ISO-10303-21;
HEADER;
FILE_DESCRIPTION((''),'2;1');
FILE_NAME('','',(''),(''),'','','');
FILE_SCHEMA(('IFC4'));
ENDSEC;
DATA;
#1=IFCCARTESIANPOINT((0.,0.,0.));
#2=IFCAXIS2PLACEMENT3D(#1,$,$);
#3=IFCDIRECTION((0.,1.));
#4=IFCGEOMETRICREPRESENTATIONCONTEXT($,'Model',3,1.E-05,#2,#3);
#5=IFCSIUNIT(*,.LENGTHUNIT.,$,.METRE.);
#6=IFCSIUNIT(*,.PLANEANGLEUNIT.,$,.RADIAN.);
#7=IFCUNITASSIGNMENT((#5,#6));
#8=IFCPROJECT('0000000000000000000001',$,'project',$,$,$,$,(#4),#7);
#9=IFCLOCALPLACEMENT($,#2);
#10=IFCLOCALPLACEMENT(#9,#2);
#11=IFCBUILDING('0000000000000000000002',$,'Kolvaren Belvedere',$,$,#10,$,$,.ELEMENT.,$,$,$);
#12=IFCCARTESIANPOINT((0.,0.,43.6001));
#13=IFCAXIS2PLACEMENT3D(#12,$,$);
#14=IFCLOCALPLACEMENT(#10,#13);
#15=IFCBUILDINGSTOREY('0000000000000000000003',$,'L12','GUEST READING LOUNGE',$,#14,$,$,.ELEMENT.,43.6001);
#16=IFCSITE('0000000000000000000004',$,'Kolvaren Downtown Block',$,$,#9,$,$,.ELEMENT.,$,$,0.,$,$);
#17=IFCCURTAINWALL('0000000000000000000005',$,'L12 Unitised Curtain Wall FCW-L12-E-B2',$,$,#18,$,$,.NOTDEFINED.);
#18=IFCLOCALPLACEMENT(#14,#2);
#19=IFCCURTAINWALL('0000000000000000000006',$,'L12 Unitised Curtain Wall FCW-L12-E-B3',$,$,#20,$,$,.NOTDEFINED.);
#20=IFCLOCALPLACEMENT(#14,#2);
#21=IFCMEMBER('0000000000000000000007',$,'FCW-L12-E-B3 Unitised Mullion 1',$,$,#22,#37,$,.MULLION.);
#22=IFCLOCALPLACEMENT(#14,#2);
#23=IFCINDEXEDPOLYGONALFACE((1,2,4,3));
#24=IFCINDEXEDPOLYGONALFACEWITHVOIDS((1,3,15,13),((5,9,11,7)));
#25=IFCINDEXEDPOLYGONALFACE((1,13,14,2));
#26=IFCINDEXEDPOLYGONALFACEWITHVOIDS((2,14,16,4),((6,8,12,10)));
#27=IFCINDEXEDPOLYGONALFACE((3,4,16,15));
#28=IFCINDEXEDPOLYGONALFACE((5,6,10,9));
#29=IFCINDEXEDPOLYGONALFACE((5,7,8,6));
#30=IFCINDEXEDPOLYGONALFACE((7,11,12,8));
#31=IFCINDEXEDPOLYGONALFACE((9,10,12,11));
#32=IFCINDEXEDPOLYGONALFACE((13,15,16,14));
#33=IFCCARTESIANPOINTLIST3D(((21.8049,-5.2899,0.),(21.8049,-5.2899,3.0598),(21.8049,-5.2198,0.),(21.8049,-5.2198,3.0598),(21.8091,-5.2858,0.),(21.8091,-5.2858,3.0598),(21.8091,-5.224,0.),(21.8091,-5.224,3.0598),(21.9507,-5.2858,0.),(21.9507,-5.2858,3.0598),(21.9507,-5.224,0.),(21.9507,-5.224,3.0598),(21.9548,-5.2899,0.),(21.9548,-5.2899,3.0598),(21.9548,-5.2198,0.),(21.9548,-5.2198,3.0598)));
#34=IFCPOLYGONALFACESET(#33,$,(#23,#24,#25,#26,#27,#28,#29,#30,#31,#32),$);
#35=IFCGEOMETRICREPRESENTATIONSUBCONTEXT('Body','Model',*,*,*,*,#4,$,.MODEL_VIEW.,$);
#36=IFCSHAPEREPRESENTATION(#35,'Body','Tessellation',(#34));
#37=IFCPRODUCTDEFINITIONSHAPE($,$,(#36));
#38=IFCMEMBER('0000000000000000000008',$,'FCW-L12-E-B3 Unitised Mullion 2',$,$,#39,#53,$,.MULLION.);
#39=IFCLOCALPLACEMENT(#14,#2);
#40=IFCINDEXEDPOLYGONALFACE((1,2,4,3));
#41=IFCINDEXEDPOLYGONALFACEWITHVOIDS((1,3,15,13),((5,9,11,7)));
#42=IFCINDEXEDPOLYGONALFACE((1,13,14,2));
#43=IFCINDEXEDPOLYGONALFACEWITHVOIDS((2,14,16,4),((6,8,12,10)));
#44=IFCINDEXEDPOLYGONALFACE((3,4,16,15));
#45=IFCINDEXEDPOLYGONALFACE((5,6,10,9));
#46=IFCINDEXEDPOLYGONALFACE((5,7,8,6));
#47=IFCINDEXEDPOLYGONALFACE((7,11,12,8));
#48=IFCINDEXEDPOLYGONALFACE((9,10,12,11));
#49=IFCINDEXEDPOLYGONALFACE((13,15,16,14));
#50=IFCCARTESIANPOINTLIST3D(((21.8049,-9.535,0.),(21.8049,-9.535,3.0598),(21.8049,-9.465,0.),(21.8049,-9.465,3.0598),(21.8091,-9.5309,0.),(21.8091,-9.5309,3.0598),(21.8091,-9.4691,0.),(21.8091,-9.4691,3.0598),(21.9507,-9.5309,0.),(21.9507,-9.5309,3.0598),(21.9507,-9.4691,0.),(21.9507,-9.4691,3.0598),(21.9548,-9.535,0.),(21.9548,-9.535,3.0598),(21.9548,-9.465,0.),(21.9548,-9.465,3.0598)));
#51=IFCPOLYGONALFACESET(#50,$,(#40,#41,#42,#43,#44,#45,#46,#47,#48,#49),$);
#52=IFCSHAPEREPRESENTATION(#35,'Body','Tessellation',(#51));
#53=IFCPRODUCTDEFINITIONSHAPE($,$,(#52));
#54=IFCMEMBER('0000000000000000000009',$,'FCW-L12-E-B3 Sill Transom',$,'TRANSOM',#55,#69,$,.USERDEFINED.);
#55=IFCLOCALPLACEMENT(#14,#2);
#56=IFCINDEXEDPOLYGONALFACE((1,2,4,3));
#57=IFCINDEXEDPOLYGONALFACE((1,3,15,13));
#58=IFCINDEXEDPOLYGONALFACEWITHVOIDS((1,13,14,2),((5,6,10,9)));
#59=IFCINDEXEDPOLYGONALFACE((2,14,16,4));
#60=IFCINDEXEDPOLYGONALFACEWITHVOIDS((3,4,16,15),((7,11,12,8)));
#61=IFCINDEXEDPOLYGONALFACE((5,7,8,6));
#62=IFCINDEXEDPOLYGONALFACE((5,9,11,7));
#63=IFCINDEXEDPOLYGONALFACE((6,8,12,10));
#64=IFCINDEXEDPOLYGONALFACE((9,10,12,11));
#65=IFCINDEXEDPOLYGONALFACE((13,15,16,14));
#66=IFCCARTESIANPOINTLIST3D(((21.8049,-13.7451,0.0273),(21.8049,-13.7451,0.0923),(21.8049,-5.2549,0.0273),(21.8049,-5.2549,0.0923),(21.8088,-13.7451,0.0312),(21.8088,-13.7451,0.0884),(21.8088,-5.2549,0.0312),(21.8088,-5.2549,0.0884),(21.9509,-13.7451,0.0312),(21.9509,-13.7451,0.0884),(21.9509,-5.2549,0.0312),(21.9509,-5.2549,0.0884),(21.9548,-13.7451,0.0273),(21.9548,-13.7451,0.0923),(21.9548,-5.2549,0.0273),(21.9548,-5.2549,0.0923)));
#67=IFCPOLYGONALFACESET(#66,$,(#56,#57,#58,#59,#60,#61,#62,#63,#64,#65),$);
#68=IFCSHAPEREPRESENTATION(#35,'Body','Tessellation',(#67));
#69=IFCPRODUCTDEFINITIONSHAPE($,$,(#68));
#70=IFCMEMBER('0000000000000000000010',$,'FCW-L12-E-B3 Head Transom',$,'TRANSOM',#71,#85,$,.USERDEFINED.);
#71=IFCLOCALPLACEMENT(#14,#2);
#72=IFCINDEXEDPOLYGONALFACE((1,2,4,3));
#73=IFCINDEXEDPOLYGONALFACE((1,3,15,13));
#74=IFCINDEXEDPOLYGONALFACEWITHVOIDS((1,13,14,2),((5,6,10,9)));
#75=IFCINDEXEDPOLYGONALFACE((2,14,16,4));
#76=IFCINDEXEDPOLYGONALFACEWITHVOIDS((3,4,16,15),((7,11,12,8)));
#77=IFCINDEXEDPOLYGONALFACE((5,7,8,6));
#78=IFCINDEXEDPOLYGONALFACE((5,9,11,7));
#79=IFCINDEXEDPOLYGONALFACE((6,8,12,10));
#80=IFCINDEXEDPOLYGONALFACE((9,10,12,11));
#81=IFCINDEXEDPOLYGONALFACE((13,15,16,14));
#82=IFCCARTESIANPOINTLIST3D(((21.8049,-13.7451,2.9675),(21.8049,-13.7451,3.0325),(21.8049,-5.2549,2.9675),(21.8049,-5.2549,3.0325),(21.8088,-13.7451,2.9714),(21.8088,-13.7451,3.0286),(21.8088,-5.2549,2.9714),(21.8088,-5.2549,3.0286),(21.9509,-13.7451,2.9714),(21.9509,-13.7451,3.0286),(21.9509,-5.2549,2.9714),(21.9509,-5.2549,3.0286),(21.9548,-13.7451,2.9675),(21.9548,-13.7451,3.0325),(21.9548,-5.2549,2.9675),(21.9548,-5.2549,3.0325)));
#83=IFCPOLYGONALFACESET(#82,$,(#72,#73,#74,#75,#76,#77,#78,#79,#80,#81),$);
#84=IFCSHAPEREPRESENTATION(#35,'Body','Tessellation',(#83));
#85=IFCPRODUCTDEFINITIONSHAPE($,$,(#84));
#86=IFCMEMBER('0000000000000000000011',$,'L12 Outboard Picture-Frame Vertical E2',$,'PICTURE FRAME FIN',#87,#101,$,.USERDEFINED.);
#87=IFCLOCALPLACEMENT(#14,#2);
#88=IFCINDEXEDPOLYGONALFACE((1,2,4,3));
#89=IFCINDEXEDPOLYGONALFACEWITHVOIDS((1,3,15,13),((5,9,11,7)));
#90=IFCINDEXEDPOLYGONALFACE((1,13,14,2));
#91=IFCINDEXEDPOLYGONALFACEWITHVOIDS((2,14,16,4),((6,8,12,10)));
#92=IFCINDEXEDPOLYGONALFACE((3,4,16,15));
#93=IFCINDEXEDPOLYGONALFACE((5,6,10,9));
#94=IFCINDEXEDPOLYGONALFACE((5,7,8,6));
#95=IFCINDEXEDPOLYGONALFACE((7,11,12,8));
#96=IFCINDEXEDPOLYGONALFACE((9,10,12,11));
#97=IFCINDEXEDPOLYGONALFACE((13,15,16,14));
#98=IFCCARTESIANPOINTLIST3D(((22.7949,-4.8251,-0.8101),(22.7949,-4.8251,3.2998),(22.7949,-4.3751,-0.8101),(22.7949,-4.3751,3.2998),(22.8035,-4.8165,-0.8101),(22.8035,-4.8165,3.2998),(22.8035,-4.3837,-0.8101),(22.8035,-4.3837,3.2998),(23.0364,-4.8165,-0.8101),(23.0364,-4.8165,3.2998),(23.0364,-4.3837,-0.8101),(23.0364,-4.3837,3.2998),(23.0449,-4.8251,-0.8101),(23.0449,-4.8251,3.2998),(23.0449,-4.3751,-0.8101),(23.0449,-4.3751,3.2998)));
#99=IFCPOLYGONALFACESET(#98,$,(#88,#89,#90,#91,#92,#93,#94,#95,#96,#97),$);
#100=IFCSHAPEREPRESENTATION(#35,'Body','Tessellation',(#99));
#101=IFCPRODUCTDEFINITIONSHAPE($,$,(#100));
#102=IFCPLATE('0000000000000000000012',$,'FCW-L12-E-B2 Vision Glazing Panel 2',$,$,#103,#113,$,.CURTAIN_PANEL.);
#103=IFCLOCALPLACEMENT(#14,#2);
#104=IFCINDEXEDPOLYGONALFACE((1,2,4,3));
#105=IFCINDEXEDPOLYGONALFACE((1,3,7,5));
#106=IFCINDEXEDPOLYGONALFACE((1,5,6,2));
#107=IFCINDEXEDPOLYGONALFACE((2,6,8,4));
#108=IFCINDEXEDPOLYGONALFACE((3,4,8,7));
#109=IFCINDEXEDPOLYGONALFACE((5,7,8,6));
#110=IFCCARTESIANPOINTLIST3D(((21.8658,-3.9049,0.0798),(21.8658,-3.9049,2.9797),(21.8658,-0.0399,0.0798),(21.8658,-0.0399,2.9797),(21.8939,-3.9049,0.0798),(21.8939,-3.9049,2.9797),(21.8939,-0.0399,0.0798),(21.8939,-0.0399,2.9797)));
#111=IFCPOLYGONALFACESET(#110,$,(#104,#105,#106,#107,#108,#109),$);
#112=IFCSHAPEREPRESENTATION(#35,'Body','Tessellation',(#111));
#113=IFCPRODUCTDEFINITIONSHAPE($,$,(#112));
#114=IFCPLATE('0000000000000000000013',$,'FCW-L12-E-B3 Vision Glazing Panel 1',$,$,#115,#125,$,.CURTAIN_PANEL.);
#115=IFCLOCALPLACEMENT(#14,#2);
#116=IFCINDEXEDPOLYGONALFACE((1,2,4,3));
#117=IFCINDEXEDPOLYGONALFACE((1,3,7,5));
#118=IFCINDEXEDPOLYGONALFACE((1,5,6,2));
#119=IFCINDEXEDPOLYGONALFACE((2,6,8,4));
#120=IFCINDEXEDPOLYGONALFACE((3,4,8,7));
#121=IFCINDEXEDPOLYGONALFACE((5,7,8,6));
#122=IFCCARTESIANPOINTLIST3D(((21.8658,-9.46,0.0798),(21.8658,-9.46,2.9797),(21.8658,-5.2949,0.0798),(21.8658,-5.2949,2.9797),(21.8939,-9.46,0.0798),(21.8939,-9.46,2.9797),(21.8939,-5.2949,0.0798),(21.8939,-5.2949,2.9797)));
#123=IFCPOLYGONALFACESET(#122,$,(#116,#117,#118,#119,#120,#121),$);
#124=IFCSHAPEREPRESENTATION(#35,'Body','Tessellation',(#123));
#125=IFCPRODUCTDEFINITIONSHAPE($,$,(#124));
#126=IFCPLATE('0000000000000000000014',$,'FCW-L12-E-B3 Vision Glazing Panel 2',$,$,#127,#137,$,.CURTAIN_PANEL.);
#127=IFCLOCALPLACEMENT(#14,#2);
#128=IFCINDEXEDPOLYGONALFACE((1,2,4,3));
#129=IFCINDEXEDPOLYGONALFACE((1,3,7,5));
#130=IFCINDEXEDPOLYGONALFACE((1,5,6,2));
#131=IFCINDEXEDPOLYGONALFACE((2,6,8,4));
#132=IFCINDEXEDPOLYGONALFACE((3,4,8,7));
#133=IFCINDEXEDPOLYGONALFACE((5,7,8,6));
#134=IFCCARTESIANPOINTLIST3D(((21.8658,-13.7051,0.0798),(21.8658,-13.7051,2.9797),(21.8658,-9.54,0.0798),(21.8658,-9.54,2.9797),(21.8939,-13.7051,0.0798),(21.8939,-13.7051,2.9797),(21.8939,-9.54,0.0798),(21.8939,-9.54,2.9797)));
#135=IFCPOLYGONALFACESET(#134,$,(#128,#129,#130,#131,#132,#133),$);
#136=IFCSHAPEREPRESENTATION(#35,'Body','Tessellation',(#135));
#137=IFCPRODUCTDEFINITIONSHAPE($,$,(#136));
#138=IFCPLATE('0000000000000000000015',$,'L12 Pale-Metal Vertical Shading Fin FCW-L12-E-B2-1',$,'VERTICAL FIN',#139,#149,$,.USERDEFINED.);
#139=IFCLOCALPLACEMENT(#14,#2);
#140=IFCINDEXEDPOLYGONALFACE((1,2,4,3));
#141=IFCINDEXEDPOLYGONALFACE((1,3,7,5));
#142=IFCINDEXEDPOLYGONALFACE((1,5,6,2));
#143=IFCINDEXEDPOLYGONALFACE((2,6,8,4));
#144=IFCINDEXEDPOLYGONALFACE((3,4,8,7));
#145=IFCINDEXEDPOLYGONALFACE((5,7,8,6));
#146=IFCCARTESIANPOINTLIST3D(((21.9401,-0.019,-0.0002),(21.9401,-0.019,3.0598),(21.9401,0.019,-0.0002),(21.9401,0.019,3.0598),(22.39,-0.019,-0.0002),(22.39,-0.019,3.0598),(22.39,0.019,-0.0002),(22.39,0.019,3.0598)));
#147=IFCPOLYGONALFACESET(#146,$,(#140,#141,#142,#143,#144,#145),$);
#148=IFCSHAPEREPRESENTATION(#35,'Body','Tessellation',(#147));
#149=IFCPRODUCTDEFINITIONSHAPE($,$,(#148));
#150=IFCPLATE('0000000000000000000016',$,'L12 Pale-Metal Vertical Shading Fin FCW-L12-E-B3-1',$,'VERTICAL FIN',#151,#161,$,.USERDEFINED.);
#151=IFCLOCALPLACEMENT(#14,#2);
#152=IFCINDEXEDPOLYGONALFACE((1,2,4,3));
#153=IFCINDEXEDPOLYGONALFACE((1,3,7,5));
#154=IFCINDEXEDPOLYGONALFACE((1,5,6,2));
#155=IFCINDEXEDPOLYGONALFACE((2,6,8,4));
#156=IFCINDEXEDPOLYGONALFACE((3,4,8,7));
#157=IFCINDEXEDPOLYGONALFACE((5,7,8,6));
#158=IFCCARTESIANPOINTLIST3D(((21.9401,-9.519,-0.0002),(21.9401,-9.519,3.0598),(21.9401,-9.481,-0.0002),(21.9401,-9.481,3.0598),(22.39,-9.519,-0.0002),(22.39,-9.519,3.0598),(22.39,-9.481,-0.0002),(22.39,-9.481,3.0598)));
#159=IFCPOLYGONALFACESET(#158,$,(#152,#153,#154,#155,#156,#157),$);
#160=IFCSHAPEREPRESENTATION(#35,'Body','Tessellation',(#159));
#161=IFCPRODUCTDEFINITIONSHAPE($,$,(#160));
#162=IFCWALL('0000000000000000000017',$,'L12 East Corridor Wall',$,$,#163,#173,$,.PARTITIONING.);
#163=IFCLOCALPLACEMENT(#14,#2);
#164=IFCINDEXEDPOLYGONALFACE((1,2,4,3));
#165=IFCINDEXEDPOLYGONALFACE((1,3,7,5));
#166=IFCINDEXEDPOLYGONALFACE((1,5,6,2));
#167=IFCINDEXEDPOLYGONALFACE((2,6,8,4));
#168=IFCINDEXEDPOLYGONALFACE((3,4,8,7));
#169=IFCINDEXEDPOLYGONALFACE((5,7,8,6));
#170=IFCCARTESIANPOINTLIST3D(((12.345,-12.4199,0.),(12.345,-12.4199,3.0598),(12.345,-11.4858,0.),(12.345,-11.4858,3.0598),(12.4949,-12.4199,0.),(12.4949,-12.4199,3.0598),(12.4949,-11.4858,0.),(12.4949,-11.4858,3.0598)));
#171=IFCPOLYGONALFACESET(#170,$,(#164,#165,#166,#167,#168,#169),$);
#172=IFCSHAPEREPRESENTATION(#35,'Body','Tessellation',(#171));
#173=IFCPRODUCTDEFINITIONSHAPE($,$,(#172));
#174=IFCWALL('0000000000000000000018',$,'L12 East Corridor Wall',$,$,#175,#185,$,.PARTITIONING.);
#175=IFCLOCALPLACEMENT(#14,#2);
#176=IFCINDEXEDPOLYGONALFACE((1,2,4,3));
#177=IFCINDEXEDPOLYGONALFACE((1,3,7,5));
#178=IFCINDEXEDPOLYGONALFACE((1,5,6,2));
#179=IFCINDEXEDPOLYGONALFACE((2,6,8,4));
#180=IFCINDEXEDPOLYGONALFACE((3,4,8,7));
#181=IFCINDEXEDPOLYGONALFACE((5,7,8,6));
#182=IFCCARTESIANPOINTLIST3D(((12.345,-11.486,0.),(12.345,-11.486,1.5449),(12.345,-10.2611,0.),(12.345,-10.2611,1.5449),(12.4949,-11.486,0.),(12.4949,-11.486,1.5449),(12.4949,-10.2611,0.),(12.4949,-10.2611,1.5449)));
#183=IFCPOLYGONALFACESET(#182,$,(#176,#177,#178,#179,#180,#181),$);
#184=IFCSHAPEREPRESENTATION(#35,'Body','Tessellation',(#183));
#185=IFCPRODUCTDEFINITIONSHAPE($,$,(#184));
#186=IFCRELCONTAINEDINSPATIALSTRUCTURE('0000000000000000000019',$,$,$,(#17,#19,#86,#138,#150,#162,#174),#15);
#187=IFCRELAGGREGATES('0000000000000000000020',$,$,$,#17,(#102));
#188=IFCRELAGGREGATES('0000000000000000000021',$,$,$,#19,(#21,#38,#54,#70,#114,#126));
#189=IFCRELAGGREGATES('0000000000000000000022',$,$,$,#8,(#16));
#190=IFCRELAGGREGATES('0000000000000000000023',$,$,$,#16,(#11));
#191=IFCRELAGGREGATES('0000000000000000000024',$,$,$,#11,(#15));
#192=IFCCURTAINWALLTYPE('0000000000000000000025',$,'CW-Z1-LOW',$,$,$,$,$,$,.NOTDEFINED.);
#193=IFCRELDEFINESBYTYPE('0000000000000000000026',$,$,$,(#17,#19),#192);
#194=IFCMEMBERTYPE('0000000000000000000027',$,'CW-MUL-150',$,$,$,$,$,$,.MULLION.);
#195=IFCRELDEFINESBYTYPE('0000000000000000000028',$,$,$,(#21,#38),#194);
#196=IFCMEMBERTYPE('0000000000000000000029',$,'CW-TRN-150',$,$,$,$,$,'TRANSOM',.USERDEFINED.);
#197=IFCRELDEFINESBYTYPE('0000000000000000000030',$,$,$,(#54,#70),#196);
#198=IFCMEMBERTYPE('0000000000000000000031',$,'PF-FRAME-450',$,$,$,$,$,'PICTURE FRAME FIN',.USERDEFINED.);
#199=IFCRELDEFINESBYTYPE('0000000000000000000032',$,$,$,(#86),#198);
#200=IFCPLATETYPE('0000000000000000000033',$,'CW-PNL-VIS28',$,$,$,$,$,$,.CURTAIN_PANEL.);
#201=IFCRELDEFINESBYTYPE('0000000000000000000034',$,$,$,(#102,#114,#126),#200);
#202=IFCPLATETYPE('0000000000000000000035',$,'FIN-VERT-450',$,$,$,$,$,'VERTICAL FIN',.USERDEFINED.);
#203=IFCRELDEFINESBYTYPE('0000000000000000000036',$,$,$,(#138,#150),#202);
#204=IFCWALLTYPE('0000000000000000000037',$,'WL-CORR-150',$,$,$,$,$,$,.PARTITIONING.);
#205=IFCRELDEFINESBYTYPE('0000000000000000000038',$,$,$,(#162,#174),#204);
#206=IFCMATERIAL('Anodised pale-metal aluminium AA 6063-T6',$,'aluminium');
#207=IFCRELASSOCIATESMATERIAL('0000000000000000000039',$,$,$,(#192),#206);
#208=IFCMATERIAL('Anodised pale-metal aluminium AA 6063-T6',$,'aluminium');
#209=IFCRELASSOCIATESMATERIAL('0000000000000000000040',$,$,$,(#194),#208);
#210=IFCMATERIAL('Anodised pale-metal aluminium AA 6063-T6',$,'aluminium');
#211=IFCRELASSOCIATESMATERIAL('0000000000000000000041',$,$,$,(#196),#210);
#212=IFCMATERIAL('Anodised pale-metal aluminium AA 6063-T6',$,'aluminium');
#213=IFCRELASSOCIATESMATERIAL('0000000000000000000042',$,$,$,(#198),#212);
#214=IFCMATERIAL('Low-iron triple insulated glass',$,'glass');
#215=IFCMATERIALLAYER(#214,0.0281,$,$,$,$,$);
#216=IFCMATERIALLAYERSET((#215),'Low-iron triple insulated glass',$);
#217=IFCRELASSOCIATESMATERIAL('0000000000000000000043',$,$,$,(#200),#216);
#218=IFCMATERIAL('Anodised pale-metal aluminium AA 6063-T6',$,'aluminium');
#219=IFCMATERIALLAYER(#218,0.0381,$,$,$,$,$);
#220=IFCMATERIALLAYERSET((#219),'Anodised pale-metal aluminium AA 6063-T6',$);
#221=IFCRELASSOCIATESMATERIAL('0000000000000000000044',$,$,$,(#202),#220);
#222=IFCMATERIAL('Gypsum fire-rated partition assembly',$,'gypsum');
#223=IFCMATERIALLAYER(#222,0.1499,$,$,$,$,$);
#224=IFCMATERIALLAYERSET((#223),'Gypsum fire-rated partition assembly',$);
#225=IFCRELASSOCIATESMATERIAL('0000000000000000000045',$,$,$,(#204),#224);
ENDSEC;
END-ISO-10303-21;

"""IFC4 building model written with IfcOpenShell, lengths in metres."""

from ifc_helpers import new_model, si_unit, direction, frame, frame_2d, origin, origin_2d, place, context, subcontext, project, spatial, rectangle, hollow_rectangle, extrude, material, layer, layer_set, material_profile, profile_set, type_object, element, aggregate, save


model = new_model("IFC4")

# Units and contexts
model_context = context("Model", 3, precision=1e-05, world=origin(), true_north=direction((0.0, 1.0)))
body_context = subcontext(model_context, "Body", "Model", "MODEL_VIEW")
ifc_project = project(units=[si_unit("LENGTHUNIT", "METRE"), si_unit("PLANEANGLEUNIT", "RADIAN")], contexts=[model_context])

# Site, building, storey
site_placement = place(None, origin())
site = spatial("IfcSite", under=ifc_project, at=site_placement, Name="Kolvaren Downtown Block", CompositionType="ELEMENT", RefElevation=0.0)
building_placement = place(site_placement, origin())
building = spatial("IfcBuilding", under=site, at=building_placement, Name="Kolvaren Belvedere", CompositionType="ELEMENT")
storey_placement = place(building_placement, frame((0.0, 0.0, 43.6001)))
storey = spatial("IfcBuildingStorey", under=building, at=storey_placement, Name="L12", Description="GUEST READING LOUNGE", CompositionType="ELEMENT", Elevation=43.6001)

# Curtain walls, members
ifc_material_1 = material(Name="Anodised pale-metal aluminium AA 6063-T6", Category="aluminium")
curtain_wall_type = type_object("IfcCurtainWallType", Name="CW-Z1-LOW", PredefinedType="NOTDEFINED", material=ifc_material_1)
curtain_wall_1_placement = place(storey_placement, origin())
curtain_wall_1 = element("IfcCurtainWall", 1, at=curtain_wall_1_placement, inside=storey, type_object=curtain_wall_type, Name="L12 Unitised Curtain Wall FCW-L12-E-B2", PredefinedType="NOTDEFINED")
ifc_material_2 = material(Name="Anodised pale-metal aluminium AA 6063-T6", Category="aluminium")
ifc_material_profile_1 = material_profile(ifc_material_2, hollow_rectangle(XDim=0.0701, YDim=0.1499, WallThickness=0.0042, at=origin_2d()), Name="ALU-MUL-150X70")
ifc_profile_set_1 = profile_set([ifc_material_profile_1], Name="Anodised pale-metal aluminium AA 6063-T6")
member_type_1 = type_object("IfcMemberType", Name="CW-MUL-150", PredefinedType="MULLION", material=ifc_profile_set_1)
curtain_wall_2_placement = place(storey_placement, origin())
curtain_wall_2 = element("IfcCurtainWall", 2, at=curtain_wall_2_placement, inside=storey, type_object=curtain_wall_type, Name="L12 Unitised Curtain Wall FCW-L12-E-B3", PredefinedType="NOTDEFINED")
member_1_placement = place(storey_placement, frame((21.8799, -5.2549, 0.0), z_axis=(0.0, 0.0, 1.0), x_axis=(0.0, 1.0, 0.0)))
member_1 = element("IfcMember", 3, at=member_1_placement, type_object=member_type_1, Name="FCW-L12-E-B3 Unitised Mullion 1", PredefinedType="MULLION", context=body_context, shape_type="SweptSolid", body=[
    extrude(hollow_rectangle(XDim=0.0701, YDim=0.1499, WallThickness=0.0042, at=origin_2d()), origin(), (0.0, 0.0, 1.0), 3.0598),
])
member_2_placement = place(storey_placement, frame((21.8799, -9.5, 0.0), z_axis=(0.0, 0.0, 1.0), x_axis=(0.0, 1.0, 0.0)))
member_2 = element("IfcMember", 4, at=member_2_placement, type_object=member_type_1, Name="FCW-L12-E-B3 Unitised Mullion 2", PredefinedType="MULLION", context=body_context, shape_type="SweptSolid", body=[
    extrude(hollow_rectangle(XDim=0.0701, YDim=0.1499, WallThickness=0.0042, at=origin_2d()), origin(), (0.0, 0.0, 1.0), 3.0598),
])
ifc_material_3 = material(Name="Anodised pale-metal aluminium AA 6063-T6", Category="aluminium")
ifc_material_profile_2 = material_profile(ifc_material_3, hollow_rectangle(XDim=0.0649, YDim=0.1499, WallThickness=0.0039, at=origin_2d()), Name="ALU-TRN-150X65")
ifc_profile_set_2 = profile_set([ifc_material_profile_2], Name="Anodised pale-metal aluminium AA 6063-T6")
member_type_2 = type_object("IfcMemberType", Name="CW-TRN-150", ElementType="TRANSOM", PredefinedType="USERDEFINED", material=ifc_profile_set_2)
member_3_placement = place(storey_placement, frame((21.8799, -5.2549, 0.0598), z_axis=(0.0, -1.0, 0.0), x_axis=(0.0, 0.0, 1.0)))
member_3 = element("IfcMember", 5, at=member_3_placement, type_object=member_type_2, Name="FCW-L12-E-B3 Sill Transom", ObjectType="TRANSOM", PredefinedType="USERDEFINED", context=body_context, shape_type="SweptSolid", body=[
    extrude(hollow_rectangle(XDim=0.0649, YDim=0.1499, WallThickness=0.0039, at=origin_2d()), origin(), (0.0, 0.0, 1.0), 8.4902),
])
member_4_placement = place(storey_placement, frame((21.8799, -5.2549, 3.0), z_axis=(0.0, -1.0, 0.0), x_axis=(0.0, 0.0, 1.0)))
member_4 = element("IfcMember", 6, at=member_4_placement, type_object=member_type_2, Name="FCW-L12-E-B3 Head Transom", ObjectType="TRANSOM", PredefinedType="USERDEFINED", context=body_context, shape_type="SweptSolid", body=[
    extrude(hollow_rectangle(XDim=0.0649, YDim=0.1499, WallThickness=0.0039, at=origin_2d()), origin(), (0.0, 0.0, 1.0), 8.4902),
])

# Member
ifc_material_4 = material(Name="Anodised pale-metal aluminium AA 6063-T6", Category="aluminium")
ifc_material_profile_3 = material_profile(ifc_material_4, hollow_rectangle(XDim=0.25, YDim=0.45, WallThickness=0.0085, at=origin_2d()), Name="ALU-PF-450X250")
ifc_profile_set_3 = profile_set([ifc_material_profile_3], Name="Anodised pale-metal aluminium AA 6063-T6")
member_type_3 = type_object("IfcMemberType", Name="PF-FRAME-450", ElementType="PICTURE FRAME FIN", PredefinedType="USERDEFINED", material=ifc_profile_set_3)
member_5_placement = place(storey_placement, frame((22.9199, -4.6001, -0.8101), z_axis=(0.0, 0.0, 1.0), x_axis=(1.0, 0.0, 0.0)))
element("IfcMember", 7, at=member_5_placement, inside=storey, type_object=member_type_3, Name="L12 Outboard Picture-Frame Vertical E2", ObjectType="PICTURE FRAME FIN", PredefinedType="USERDEFINED", context=body_context, shape_type="SweptSolid", body=[
    extrude(hollow_rectangle(XDim=0.25, YDim=0.45, WallThickness=0.0085, at=origin_2d()), origin(), (0.0, 0.0, 1.0), 4.1099),
])

# Plates
ifc_material_5 = material(Name="Low-iron triple insulated glass", Category="glass")
ifc_layer_1 = layer(ifc_material_5, 0.0281)
ifc_layer_set_1 = layer_set([ifc_layer_1], Name="Low-iron triple insulated glass")
plate_type_1 = type_object("IfcPlateType", Name="CW-PNL-VIS28", PredefinedType="CURTAIN_PANEL", material=ifc_layer_set_1)
plate_1_placement = place(storey_placement, frame((21.8799, -1.9724, 0.0798), z_axis=(0.0, 0.0, 1.0), x_axis=(0.0, -1.0, 0.0)))
plate_1 = element("IfcPlate", 8, at=plate_1_placement, type_object=plate_type_1, Name="FCW-L12-E-B2 Vision Glazing Panel 2", PredefinedType="CURTAIN_PANEL", context=body_context, shape_type="SweptSolid", body=[
    extrude(rectangle(XDim=3.865, YDim=0.0281, at=origin_2d()), origin(), (0.0, 0.0, 1.0), 2.8999),
])
aggregate(curtain_wall_1, [plate_1])
plate_2_placement = place(storey_placement, frame((21.8799, -7.3774, 0.0798), z_axis=(0.0, 0.0, 1.0), x_axis=(0.0, -1.0, 0.0)))
plate_2 = element("IfcPlate", 9, at=plate_2_placement, type_object=plate_type_1, Name="FCW-L12-E-B3 Vision Glazing Panel 1", PredefinedType="CURTAIN_PANEL", context=body_context, shape_type="SweptSolid", body=[
    extrude(rectangle(XDim=4.165, YDim=0.0281, at=origin_2d()), origin(), (0.0, 0.0, 1.0), 2.8999),
])
plate_3_placement = place(storey_placement, frame((21.8799, -11.6226, 0.0798), z_axis=(0.0, 0.0, 1.0), x_axis=(0.0, -1.0, 0.0)))
plate_3 = element("IfcPlate", 10, at=plate_3_placement, type_object=plate_type_1, Name="FCW-L12-E-B3 Vision Glazing Panel 2", PredefinedType="CURTAIN_PANEL", context=body_context, shape_type="SweptSolid", body=[
    extrude(rectangle(XDim=4.165, YDim=0.0281, at=origin_2d()), origin(), (0.0, 0.0, 1.0), 2.8999),
])
aggregate(curtain_wall_2, [member_1, member_2, member_3, member_4, plate_2, plate_3])

# Plates
ifc_material_6 = material(Name="Anodised pale-metal aluminium AA 6063-T6", Category="aluminium")
ifc_layer_2 = layer(ifc_material_6, 0.0381)
ifc_layer_set_2 = layer_set([ifc_layer_2], Name="Anodised pale-metal aluminium AA 6063-T6")
plate_type_2 = type_object("IfcPlateType", Name="FIN-VERT-450", ElementType="VERTICAL FIN", PredefinedType="USERDEFINED", material=ifc_layer_set_2)
for number, where, z_axis, x_axis, name in (
    (11, (22.165, 0.0, -0.0002), (0.0, 0.0, 1.0), (1.0, 0.0, 0.0), "L12 Pale-Metal Vertical Shading Fin FCW-L12-E-B2-1"),
    (12, (22.165, -9.5, -0.0002), (0.0, 0.0, 1.0), (1.0, 0.0, 0.0), "L12 Pale-Metal Vertical Shading Fin FCW-L12-E-B3-1"),
):
    element("IfcPlate", number, at=place(storey_placement, frame(where, z_axis=z_axis, x_axis=x_axis)), inside=storey, type_object=plate_type_2, Name=name, ObjectType="VERTICAL FIN", PredefinedType="USERDEFINED", context=body_context, shape_type="SweptSolid", body=[
        extrude(rectangle(XDim=0.45, YDim=0.0381, at=origin_2d()), origin(), (0.0, 0.0, 1.0), 3.0601),
    ])

# Walls
ifc_material_7 = material(Name="Gypsum fire-rated partition assembly", Category="gypsum")
ifc_layer_3 = layer(ifc_material_7, 0.1499)
ifc_layer_set_3 = layer_set([ifc_layer_3], Name="Gypsum fire-rated partition assembly")
wall_type_1 = type_object("IfcWallType", Name="WL-CORR-150", PredefinedType="PARTITIONING", material=ifc_layer_set_3)
wall_1_placement = place(storey_placement, frame((12.4199, -12.4199, 0.0), z_axis=(0.0, 0.0, 1.0), x_axis=(0.0, 1.0, 0.0)))
element("IfcWall", 13, at=wall_1_placement, inside=storey, type_object=wall_type_1, Name="L12 East Corridor Wall", PredefinedType="PARTITIONING", context=body_context, shape_type="SweptSolid", body=[
    extrude(rectangle(XDim=0.9341, YDim=0.1499, at=frame_2d((0.467, 0.0))), origin(), (0.0, 0.0, 1.0), 3.0598),
])
wall_2_placement = place(storey_placement, frame((12.4199, -11.4858, 0.0), z_axis=(0.0, 0.0, 1.0), x_axis=(0.0, 1.0, 0.0)))
element("IfcWall", 14, at=wall_2_placement, inside=storey, type_object=wall_type_1, Name="L12 East Corridor Wall", PredefinedType="PARTITIONING", context=body_context, shape_type="SweptSolid", body=[
    extrude(rectangle(XDim=1.2249, YDim=0.1499, at=frame_2d((0.6123, 0.0))), origin(), (0.0, 0.0, 1.0), 1.5449),
])

save(model, "model.ifc")
